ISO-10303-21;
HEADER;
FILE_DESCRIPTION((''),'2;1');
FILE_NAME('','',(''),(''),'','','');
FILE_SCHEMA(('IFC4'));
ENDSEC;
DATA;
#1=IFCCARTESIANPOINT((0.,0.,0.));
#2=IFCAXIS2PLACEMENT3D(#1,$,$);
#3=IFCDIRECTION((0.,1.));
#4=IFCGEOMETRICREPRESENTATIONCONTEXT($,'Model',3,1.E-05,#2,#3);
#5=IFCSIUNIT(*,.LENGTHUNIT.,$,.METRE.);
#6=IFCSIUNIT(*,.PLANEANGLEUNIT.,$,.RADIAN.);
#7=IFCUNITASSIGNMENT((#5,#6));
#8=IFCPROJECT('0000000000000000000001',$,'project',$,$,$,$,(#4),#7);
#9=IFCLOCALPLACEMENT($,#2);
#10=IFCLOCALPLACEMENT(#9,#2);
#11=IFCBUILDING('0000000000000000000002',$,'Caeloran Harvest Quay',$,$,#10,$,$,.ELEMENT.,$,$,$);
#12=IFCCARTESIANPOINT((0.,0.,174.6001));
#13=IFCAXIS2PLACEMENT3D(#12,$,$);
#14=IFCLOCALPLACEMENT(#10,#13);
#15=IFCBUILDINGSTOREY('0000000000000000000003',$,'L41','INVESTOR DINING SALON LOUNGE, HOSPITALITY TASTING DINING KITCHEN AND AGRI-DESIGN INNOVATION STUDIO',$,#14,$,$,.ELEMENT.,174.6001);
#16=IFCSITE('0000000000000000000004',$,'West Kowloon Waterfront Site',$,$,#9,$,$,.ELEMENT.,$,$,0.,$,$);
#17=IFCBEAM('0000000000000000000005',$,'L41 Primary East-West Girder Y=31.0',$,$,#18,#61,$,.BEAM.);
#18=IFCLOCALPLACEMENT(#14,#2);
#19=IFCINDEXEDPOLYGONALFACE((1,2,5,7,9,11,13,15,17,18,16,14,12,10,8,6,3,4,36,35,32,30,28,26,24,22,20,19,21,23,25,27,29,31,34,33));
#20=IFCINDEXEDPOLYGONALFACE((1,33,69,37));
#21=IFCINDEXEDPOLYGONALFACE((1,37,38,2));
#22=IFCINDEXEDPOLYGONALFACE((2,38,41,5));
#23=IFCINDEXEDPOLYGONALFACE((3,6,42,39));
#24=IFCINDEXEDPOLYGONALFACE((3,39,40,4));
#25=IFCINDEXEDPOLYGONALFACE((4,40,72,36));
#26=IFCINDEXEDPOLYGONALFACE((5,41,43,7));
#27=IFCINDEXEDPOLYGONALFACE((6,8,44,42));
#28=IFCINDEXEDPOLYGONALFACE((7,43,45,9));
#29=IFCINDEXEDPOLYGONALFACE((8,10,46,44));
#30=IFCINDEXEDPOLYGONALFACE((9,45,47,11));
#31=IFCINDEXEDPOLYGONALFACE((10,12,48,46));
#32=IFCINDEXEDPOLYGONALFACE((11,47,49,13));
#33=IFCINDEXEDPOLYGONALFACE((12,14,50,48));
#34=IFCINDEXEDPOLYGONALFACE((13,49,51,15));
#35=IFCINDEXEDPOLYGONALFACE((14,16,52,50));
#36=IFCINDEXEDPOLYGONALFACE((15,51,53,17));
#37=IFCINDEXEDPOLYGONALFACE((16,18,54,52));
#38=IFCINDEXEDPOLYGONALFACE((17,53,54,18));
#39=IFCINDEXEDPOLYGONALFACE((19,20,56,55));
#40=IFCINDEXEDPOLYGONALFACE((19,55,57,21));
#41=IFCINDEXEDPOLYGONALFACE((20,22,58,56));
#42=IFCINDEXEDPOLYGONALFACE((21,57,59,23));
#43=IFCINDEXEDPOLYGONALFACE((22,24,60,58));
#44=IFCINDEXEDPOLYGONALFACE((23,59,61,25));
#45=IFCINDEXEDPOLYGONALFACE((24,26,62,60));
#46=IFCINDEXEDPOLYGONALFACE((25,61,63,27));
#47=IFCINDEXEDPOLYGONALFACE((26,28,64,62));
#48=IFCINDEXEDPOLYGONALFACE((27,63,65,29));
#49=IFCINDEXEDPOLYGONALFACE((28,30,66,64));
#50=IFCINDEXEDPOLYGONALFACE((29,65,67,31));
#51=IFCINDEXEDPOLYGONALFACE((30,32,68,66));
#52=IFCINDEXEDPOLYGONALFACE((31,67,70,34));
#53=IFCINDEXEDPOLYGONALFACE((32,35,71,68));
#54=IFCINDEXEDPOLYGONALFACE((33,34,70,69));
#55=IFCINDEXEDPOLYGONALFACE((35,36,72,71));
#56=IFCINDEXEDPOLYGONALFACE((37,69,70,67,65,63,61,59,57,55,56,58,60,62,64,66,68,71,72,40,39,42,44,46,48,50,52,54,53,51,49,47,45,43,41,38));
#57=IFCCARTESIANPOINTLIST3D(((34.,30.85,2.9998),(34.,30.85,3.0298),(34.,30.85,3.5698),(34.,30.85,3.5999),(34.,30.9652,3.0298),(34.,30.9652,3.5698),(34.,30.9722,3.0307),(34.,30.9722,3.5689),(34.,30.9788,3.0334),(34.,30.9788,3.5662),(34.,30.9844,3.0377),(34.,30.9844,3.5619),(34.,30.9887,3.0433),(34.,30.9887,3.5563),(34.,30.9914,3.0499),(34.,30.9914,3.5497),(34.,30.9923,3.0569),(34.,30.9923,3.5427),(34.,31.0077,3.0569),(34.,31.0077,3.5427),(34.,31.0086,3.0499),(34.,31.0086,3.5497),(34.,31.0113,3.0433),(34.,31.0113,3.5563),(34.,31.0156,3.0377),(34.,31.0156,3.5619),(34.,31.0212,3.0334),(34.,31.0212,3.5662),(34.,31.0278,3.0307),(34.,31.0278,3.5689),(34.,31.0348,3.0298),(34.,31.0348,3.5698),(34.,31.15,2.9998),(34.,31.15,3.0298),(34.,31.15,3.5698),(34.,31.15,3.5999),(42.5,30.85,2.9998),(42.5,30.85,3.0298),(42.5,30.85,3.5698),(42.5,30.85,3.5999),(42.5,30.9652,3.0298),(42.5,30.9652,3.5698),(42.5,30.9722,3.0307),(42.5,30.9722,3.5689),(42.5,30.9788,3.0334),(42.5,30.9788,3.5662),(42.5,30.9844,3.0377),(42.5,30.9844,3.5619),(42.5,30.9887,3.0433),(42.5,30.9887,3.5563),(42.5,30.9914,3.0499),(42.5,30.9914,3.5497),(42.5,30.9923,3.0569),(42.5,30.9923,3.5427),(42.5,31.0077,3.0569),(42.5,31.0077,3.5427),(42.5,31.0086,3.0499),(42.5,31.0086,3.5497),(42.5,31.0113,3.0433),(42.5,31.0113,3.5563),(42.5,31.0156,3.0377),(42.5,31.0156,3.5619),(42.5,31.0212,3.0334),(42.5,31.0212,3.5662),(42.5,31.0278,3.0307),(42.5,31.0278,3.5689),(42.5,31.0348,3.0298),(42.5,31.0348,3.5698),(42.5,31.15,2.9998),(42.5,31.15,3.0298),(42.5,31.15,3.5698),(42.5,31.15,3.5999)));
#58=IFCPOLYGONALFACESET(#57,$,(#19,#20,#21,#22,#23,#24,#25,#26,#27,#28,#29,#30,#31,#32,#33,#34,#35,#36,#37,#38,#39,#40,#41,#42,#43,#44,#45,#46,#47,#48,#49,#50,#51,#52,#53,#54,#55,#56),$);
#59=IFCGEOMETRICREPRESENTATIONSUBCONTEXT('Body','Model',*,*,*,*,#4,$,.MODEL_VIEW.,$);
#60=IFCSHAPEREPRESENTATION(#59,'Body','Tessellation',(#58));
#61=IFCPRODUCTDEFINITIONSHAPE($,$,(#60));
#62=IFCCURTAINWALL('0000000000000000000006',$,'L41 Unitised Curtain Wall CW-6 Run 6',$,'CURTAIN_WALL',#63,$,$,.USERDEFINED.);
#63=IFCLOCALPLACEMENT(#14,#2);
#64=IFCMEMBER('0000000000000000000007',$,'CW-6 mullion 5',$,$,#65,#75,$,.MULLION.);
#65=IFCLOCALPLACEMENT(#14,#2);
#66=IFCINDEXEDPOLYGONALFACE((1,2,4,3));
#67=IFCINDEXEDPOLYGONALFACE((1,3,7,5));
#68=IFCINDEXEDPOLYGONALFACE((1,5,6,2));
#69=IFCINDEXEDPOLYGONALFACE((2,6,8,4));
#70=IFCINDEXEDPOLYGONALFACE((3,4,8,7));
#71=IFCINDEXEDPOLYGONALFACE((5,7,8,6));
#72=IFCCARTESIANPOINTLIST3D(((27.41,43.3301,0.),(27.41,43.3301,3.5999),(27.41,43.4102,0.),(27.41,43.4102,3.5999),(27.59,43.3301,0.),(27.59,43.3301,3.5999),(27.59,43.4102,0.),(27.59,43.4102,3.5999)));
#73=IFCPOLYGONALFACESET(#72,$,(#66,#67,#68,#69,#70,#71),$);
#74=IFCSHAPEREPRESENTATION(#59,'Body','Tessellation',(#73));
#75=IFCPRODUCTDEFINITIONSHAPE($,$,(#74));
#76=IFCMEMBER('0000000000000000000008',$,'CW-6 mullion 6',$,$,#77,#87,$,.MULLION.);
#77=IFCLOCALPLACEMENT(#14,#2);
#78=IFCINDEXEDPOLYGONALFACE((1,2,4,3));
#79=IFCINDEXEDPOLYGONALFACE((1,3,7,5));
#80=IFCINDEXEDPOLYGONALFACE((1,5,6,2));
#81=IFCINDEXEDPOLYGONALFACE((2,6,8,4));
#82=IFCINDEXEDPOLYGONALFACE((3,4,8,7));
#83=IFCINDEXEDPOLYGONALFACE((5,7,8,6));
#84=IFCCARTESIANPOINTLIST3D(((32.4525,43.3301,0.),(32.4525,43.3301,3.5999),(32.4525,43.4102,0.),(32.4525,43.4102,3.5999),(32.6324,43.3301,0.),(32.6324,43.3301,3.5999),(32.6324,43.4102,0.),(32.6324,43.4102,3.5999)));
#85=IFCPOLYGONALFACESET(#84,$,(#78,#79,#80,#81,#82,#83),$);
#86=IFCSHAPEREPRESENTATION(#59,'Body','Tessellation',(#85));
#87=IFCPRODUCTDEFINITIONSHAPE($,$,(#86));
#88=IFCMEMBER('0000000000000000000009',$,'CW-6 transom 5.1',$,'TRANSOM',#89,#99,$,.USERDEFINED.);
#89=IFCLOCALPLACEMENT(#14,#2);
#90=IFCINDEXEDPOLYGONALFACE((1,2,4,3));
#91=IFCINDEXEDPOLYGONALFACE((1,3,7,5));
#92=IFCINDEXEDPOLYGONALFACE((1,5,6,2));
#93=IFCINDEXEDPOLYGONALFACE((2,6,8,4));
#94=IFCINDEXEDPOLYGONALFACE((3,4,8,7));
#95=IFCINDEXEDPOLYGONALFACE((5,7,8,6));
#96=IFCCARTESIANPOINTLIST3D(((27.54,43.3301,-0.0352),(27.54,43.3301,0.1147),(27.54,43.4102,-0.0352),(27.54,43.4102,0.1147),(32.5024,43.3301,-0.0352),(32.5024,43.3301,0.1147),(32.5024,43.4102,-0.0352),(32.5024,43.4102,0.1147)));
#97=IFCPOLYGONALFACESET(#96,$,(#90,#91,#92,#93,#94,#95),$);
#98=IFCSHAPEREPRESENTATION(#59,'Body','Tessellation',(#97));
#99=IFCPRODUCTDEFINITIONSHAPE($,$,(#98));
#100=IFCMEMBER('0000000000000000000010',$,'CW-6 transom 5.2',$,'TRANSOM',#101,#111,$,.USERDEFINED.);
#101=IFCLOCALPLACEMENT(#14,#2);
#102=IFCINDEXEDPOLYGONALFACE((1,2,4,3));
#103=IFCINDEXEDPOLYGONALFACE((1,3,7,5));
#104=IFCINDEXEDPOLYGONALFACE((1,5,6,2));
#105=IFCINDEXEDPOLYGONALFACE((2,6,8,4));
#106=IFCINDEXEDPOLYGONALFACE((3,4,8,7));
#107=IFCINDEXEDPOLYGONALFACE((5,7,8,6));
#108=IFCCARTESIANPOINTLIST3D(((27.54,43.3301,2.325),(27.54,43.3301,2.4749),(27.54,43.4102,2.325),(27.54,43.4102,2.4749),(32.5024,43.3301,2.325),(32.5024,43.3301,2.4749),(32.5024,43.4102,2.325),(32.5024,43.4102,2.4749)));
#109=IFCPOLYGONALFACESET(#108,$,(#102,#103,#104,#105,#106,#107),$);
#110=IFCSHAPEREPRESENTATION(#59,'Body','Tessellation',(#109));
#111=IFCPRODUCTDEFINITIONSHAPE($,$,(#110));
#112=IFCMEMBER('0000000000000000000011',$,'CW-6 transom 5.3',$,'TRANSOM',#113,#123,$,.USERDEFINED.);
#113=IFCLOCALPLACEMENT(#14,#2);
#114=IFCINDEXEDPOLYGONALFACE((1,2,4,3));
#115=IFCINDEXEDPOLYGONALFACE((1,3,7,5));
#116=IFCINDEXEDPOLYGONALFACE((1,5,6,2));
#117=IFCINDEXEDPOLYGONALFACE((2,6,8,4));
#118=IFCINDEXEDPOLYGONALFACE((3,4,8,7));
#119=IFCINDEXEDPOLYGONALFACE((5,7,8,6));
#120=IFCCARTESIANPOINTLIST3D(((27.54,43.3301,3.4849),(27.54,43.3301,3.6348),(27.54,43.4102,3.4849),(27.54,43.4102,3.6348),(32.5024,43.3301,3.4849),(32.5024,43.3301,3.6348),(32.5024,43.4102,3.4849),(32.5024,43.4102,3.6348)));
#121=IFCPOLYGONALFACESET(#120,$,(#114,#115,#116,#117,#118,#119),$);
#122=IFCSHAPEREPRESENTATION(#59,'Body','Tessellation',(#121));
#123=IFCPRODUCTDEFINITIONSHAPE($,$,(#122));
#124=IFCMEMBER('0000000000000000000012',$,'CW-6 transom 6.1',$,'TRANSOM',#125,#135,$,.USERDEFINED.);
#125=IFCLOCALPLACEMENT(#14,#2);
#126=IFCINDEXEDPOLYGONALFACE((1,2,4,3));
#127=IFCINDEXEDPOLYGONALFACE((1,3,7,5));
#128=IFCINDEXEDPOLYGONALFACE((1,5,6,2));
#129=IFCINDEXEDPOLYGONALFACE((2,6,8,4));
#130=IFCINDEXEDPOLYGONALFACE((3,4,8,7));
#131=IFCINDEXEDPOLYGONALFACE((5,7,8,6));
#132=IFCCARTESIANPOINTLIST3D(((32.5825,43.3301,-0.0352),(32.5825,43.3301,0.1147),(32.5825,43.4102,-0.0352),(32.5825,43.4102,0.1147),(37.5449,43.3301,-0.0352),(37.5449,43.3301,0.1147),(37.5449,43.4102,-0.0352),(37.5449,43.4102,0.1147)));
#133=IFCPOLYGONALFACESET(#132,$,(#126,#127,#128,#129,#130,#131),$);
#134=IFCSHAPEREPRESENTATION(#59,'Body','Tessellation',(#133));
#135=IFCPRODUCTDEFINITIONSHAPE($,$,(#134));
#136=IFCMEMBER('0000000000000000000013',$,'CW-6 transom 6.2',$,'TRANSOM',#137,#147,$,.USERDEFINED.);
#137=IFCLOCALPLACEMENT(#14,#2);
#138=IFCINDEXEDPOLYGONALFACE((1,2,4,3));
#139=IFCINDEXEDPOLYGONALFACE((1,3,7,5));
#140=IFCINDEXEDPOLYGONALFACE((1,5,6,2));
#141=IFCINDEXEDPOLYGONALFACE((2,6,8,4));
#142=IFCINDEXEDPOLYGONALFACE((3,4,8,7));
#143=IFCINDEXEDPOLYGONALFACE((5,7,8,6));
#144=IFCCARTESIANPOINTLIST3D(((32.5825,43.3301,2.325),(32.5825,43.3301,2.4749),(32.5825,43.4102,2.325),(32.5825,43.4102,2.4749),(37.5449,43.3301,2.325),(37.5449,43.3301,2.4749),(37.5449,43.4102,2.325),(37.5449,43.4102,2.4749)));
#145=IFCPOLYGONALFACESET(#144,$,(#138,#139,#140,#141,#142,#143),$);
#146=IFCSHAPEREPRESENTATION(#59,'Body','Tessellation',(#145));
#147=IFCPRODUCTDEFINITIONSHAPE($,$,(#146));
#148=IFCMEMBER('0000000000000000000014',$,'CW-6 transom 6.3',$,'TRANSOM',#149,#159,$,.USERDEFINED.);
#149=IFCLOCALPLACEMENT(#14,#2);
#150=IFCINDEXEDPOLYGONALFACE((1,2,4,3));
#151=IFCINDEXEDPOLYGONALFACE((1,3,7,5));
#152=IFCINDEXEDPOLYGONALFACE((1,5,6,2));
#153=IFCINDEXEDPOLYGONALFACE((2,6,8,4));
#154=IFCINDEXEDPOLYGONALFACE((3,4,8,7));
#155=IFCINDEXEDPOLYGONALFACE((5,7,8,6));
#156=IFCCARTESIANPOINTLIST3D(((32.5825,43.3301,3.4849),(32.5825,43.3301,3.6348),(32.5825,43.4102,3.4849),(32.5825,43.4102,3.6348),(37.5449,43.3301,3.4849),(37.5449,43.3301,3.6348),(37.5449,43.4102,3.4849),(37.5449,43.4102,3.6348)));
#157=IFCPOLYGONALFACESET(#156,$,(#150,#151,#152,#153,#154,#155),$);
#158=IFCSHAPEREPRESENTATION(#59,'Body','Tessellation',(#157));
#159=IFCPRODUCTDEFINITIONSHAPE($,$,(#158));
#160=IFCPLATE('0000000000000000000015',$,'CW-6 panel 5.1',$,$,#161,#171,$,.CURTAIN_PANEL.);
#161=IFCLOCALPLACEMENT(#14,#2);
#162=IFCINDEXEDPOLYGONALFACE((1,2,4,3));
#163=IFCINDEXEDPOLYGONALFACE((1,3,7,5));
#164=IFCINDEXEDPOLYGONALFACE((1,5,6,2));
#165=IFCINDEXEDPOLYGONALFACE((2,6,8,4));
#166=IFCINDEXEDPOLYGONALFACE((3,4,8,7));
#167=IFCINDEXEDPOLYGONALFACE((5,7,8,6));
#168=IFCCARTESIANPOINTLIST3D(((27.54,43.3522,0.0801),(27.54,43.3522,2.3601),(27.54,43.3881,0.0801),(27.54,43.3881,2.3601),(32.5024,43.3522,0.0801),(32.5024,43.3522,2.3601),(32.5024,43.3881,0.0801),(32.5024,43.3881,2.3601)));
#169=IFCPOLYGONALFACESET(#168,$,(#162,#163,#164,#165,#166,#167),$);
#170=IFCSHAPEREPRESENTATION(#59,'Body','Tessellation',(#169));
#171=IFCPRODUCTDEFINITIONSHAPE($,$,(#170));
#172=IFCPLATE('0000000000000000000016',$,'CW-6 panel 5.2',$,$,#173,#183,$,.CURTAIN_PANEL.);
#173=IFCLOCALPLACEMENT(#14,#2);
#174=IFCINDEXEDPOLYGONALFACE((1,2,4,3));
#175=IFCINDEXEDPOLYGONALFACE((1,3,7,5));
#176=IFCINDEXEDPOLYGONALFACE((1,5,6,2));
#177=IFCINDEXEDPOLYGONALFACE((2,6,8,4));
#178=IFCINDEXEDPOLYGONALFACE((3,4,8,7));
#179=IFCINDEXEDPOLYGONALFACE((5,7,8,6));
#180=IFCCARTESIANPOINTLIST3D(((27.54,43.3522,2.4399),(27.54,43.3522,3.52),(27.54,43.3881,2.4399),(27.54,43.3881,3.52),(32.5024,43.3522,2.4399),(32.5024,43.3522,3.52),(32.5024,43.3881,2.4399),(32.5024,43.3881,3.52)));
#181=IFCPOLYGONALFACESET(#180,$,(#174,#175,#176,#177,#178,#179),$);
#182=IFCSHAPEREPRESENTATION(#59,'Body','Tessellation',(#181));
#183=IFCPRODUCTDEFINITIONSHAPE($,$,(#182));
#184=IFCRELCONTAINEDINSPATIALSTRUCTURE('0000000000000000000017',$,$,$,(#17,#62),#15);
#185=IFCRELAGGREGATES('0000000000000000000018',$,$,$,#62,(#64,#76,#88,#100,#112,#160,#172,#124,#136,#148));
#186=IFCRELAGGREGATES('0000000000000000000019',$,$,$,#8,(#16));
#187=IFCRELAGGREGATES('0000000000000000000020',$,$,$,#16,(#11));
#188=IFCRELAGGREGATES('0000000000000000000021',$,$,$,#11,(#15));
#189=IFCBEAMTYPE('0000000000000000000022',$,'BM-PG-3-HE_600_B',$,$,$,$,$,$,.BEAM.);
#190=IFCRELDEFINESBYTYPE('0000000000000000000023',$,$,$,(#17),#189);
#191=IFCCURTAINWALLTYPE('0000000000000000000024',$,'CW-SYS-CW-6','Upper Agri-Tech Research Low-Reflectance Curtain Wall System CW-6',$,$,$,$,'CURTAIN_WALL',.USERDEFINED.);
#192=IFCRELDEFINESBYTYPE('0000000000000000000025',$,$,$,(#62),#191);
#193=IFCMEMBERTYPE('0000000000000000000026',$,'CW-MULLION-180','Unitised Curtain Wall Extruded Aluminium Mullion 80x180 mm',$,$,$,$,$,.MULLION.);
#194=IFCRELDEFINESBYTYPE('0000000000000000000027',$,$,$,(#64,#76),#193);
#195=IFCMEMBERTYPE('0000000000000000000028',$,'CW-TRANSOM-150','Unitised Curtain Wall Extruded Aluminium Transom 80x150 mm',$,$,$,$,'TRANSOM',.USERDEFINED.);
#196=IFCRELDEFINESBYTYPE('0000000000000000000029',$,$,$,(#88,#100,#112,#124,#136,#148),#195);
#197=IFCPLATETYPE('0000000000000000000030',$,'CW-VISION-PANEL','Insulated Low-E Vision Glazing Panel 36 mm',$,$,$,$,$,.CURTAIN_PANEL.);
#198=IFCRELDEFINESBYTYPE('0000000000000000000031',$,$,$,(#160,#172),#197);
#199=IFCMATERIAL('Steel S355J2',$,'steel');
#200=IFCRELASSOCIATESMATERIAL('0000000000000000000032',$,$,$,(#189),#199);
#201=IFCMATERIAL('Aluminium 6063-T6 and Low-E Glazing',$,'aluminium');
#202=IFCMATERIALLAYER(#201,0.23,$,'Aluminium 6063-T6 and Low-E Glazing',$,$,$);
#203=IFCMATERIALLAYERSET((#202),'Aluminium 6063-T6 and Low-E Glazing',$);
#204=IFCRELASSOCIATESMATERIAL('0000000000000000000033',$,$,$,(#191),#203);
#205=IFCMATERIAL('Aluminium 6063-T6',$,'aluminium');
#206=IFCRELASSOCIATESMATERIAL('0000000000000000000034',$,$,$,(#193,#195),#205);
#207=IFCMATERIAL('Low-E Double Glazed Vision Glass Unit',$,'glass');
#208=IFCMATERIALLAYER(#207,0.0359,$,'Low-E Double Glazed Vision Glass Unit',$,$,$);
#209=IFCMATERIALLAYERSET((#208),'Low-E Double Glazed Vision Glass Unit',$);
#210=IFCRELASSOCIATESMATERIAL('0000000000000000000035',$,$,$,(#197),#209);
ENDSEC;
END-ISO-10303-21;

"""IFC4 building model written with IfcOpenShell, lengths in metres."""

from ifc_helpers import new_model, si_unit, direction, frame, origin, origin_2d, place, context, subcontext, project, spatial, rectangle, i_section, extrude, material, layer, layer_set, material_profile, profile_set, type_object, element, aggregate, save


model = new_model("IFC4")

# Units and contexts
model_context = context("Model", 3, precision=1e-05, world=origin(), true_north=direction((0.0, 1.0)))
body_context = subcontext(model_context, "Body", "Model", "MODEL_VIEW")
ifc_project = project(units=[si_unit("LENGTHUNIT", "METRE"), si_unit("PLANEANGLEUNIT", "RADIAN")], contexts=[model_context])

# Site, building, storey
site_placement = place(None, origin())
site = spatial("IfcSite", under=ifc_project, at=site_placement, Name="West Kowloon Waterfront Site", CompositionType="ELEMENT", RefElevation=0.0)
building_placement = place(site_placement, origin())
building = spatial("IfcBuilding", under=site, at=building_placement, Name="Caeloran Harvest Quay", CompositionType="ELEMENT")
storey_placement = place(building_placement, frame((0.0, 0.0, 174.6001)))
storey = spatial("IfcBuildingStorey", under=building, at=storey_placement, Name="L41", Description="INVESTOR DINING SALON LOUNGE, HOSPITALITY TASTING DINING KITCHEN AND AGRI-DESIGN INNOVATION STUDIO", CompositionType="ELEMENT", Elevation=174.6001)

# Beam
ifc_material_1 = material(Name="Steel S355J2", Category="steel")
ifc_material_profile_1 = material_profile(ifc_material_1, i_section(OverallWidth=0.3, OverallDepth=0.6001, WebThickness=0.0154, FlangeThickness=0.03, FilletRadius=0.0271, at=origin_2d()), Name="HE 600 B")
ifc_profile_set_1 = profile_set([ifc_material_profile_1], Name="Steel S355J2")
beam_type = type_object("IfcBeamType", Name="BM-PG-3-HE_600_B", PredefinedType="BEAM", material=ifc_profile_set_1)
beam_placement = place(storey_placement, frame((34.0, 31.0, 3.2998), z_axis=(1.0, 0.0, 0.0), x_axis=(0.0, 1.0, 0.0)))
element("IfcBeam", 1, at=beam_placement, inside=storey, type_object=beam_type, Name="L41 Primary East-West Girder Y=31.0", PredefinedType="BEAM", context=body_context, shape_type="SweptSolid", body=[
    extrude(i_section(OverallWidth=0.3, OverallDepth=0.6001, WebThickness=0.0154, FlangeThickness=0.03, FilletRadius=0.0271, at=origin_2d()), origin(), (0.0, 0.0, 1.0), 8.5),
])

# Curtain wall, members, plates
ifc_material_2 = material(Name="Aluminium 6063-T6 and Low-E Glazing", Category="aluminium")
ifc_layer_1 = layer(ifc_material_2, 0.23, Name="Aluminium 6063-T6 and Low-E Glazing")
ifc_layer_set_1 = layer_set([ifc_layer_1], Name="Aluminium 6063-T6 and Low-E Glazing")
curtain_wall_type = type_object("IfcCurtainWallType", Name="CW-SYS-CW-6", Description="Upper Agri-Tech Research Low-Reflectance Curtain Wall System CW-6", ElementType="CURTAIN_WALL", PredefinedType="USERDEFINED", material=ifc_layer_set_1)
curtain_wall_placement = place(storey_placement, origin())
curtain_wall = element("IfcCurtainWall", 2, at=curtain_wall_placement, inside=storey, type_object=curtain_wall_type, Name="L41 Unitised Curtain Wall CW-6 Run 6", ObjectType="CURTAIN_WALL", PredefinedType="USERDEFINED")
ifc_material_3 = material(Name="Aluminium 6063-T6", Category="aluminium")
ifc_material_profile_2 = material_profile(ifc_material_3, rectangle(XDim=0.0801, YDim=0.1799, at=origin_2d()), Name="CW-MULLION-180")
ifc_profile_set_2 = profile_set([ifc_material_profile_2], Name="Aluminium 6063-T6")
member_type_1 = type_object("IfcMemberType", Name="CW-MULLION-180", Description="Unitised Curtain Wall Extruded Aluminium Mullion 80x180 mm", PredefinedType="MULLION", material=ifc_profile_set_2)
member_1_placement = place(storey_placement, frame((27.5, 43.3701, 0.0), z_axis=(0.0, 0.0, 1.0), x_axis=(0.0, 1.0, 0.0)))
member_1 = element("IfcMember", 3, at=member_1_placement, type_object=member_type_1, Name="CW-6 mullion 5", PredefinedType="MULLION", context=body_context, shape_type="SweptSolid", body=[
    extrude(rectangle(XDim=0.0801, YDim=0.1799, at=origin_2d()), origin(), (0.0, 0.0, 1.0), 3.5999),
])
member_2_placement = place(storey_placement, frame((32.5425, 43.3701, 0.0), z_axis=(0.0, 0.0, 1.0), x_axis=(0.0, 1.0, 0.0)))
member_2 = element("IfcMember", 4, at=member_2_placement, type_object=member_type_1, Name="CW-6 mullion 6", PredefinedType="MULLION", context=body_context, shape_type="SweptSolid", body=[
    extrude(rectangle(XDim=0.0801, YDim=0.1799, at=origin_2d()), origin(), (0.0, 0.0, 1.0), 3.5999),
])
ifc_material_profile_3 = material_profile(ifc_material_3, rectangle(XDim=0.0801, YDim=0.1499, at=origin_2d()), Name="CW-TRANSOM-150")
ifc_profile_set_3 = profile_set([ifc_material_profile_3], Name="Aluminium 6063-T6")
member_type_2 = type_object("IfcMemberType", Name="CW-TRANSOM-150", Description="Unitised Curtain Wall Extruded Aluminium Transom 80x150 mm", ElementType="TRANSOM", PredefinedType="USERDEFINED", material=ifc_profile_set_3)
member_3_placement = place(storey_placement, frame((27.54, 43.3701, 0.0398), z_axis=(1.0, 0.0, 0.0), x_axis=(0.0, 1.0, 0.0)))
member_3 = element("IfcMember", 5, at=member_3_placement, type_object=member_type_2, Name="CW-6 transom 5.1", ObjectType="TRANSOM", PredefinedType="USERDEFINED", context=body_context, shape_type="SweptSolid", body=[
    extrude(rectangle(XDim=0.0801, YDim=0.1499, at=origin_2d()), origin(), (0.0, 0.0, 1.0), 4.9624),
])
member_4_placement = place(storey_placement, frame((27.54, 43.3701, 2.3999), z_axis=(1.0, 0.0, 0.0), x_axis=(0.0, 1.0, 0.0)))
member_4 = element("IfcMember", 6, at=member_4_placement, type_object=member_type_2, Name="CW-6 transom 5.2", ObjectType="TRANSOM", PredefinedType="USERDEFINED", context=body_context, shape_type="SweptSolid", body=[
    extrude(rectangle(XDim=0.0801, YDim=0.1499, at=origin_2d()), origin(), (0.0, 0.0, 1.0), 4.9624),
])
member_5_placement = place(storey_placement, frame((27.54, 43.3701, 3.5598), z_axis=(1.0, 0.0, 0.0), x_axis=(0.0, 1.0, 0.0)))
member_5 = element("IfcMember", 7, at=member_5_placement, type_object=member_type_2, Name="CW-6 transom 5.3", ObjectType="TRANSOM", PredefinedType="USERDEFINED", context=body_context, shape_type="SweptSolid", body=[
    extrude(rectangle(XDim=0.0801, YDim=0.1499, at=origin_2d()), origin(), (0.0, 0.0, 1.0), 4.9624),
])
member_6_placement = place(storey_placement, frame((32.5825, 43.3701, 0.0398), z_axis=(1.0, 0.0, 0.0), x_axis=(0.0, 1.0, 0.0)))
member_6 = element("IfcMember", 8, at=member_6_placement, type_object=member_type_2, Name="CW-6 transom 6.1", ObjectType="TRANSOM", PredefinedType="USERDEFINED", context=body_context, shape_type="SweptSolid", body=[
    extrude(rectangle(XDim=0.0801, YDim=0.1499, at=origin_2d()), origin(), (0.0, 0.0, 1.0), 4.9624),
])
member_7_placement = place(storey_placement, frame((32.5825, 43.3701, 2.3999), z_axis=(1.0, 0.0, 0.0), x_axis=(0.0, 1.0, 0.0)))
member_7 = element("IfcMember", 9, at=member_7_placement, type_object=member_type_2, Name="CW-6 transom 6.2", ObjectType="TRANSOM", PredefinedType="USERDEFINED", context=body_context, shape_type="SweptSolid", body=[
    extrude(rectangle(XDim=0.0801, YDim=0.1499, at=origin_2d()), origin(), (0.0, 0.0, 1.0), 4.9624),
])
member_8_placement = place(storey_placement, frame((32.5825, 43.3701, 3.5598), z_axis=(1.0, 0.0, 0.0), x_axis=(0.0, 1.0, 0.0)))
member_8 = element("IfcMember", 10, at=member_8_placement, type_object=member_type_2, Name="CW-6 transom 6.3", ObjectType="TRANSOM", PredefinedType="USERDEFINED", context=body_context, shape_type="SweptSolid", body=[
    extrude(rectangle(XDim=0.0801, YDim=0.1499, at=origin_2d()), origin(), (0.0, 0.0, 1.0), 4.9624),
])
ifc_material_4 = material(Name="Low-E Double Glazed Vision Glass Unit", Category="glass")
ifc_layer_2 = layer(ifc_material_4, 0.0359, Name="Low-E Double Glazed Vision Glass Unit")
ifc_layer_set_2 = layer_set([ifc_layer_2], Name="Low-E Double Glazed Vision Glass Unit")
plate_type = type_object("IfcPlateType", Name="CW-VISION-PANEL", Description="Insulated Low-E Vision Glazing Panel 36 mm", PredefinedType="CURTAIN_PANEL", material=ifc_layer_set_2)
plate_1_placement = place(storey_placement, frame((30.0212, 43.3701, 0.0801), z_axis=(0.0, 0.0, 1.0), x_axis=(1.0, 0.0, 0.0)))
plate_1 = element("IfcPlate", 11, at=plate_1_placement, type_object=plate_type, Name="CW-6 panel 5.1", PredefinedType="CURTAIN_PANEL", context=body_context, shape_type="SweptSolid", body=[
    extrude(rectangle(XDim=4.9624, YDim=0.0359, at=origin_2d()), origin(), (0.0, 0.0, 1.0), 2.28),
])
plate_2_placement = place(storey_placement, frame((30.0212, 43.3701, 2.4399), z_axis=(0.0, 0.0, 1.0), x_axis=(1.0, 0.0, 0.0)))
plate_2 = element("IfcPlate", 12, at=plate_2_placement, type_object=plate_type, Name="CW-6 panel 5.2", PredefinedType="CURTAIN_PANEL", context=body_context, shape_type="SweptSolid", body=[
    extrude(rectangle(XDim=4.9624, YDim=0.0359, at=origin_2d()), origin(), (0.0, 0.0, 1.0), 1.0801),
])
aggregate(curtain_wall, [member_1, member_2, member_3, member_4, member_5, plate_1, plate_2, member_6, member_7, member_8])

save(model, "model.ifc")
